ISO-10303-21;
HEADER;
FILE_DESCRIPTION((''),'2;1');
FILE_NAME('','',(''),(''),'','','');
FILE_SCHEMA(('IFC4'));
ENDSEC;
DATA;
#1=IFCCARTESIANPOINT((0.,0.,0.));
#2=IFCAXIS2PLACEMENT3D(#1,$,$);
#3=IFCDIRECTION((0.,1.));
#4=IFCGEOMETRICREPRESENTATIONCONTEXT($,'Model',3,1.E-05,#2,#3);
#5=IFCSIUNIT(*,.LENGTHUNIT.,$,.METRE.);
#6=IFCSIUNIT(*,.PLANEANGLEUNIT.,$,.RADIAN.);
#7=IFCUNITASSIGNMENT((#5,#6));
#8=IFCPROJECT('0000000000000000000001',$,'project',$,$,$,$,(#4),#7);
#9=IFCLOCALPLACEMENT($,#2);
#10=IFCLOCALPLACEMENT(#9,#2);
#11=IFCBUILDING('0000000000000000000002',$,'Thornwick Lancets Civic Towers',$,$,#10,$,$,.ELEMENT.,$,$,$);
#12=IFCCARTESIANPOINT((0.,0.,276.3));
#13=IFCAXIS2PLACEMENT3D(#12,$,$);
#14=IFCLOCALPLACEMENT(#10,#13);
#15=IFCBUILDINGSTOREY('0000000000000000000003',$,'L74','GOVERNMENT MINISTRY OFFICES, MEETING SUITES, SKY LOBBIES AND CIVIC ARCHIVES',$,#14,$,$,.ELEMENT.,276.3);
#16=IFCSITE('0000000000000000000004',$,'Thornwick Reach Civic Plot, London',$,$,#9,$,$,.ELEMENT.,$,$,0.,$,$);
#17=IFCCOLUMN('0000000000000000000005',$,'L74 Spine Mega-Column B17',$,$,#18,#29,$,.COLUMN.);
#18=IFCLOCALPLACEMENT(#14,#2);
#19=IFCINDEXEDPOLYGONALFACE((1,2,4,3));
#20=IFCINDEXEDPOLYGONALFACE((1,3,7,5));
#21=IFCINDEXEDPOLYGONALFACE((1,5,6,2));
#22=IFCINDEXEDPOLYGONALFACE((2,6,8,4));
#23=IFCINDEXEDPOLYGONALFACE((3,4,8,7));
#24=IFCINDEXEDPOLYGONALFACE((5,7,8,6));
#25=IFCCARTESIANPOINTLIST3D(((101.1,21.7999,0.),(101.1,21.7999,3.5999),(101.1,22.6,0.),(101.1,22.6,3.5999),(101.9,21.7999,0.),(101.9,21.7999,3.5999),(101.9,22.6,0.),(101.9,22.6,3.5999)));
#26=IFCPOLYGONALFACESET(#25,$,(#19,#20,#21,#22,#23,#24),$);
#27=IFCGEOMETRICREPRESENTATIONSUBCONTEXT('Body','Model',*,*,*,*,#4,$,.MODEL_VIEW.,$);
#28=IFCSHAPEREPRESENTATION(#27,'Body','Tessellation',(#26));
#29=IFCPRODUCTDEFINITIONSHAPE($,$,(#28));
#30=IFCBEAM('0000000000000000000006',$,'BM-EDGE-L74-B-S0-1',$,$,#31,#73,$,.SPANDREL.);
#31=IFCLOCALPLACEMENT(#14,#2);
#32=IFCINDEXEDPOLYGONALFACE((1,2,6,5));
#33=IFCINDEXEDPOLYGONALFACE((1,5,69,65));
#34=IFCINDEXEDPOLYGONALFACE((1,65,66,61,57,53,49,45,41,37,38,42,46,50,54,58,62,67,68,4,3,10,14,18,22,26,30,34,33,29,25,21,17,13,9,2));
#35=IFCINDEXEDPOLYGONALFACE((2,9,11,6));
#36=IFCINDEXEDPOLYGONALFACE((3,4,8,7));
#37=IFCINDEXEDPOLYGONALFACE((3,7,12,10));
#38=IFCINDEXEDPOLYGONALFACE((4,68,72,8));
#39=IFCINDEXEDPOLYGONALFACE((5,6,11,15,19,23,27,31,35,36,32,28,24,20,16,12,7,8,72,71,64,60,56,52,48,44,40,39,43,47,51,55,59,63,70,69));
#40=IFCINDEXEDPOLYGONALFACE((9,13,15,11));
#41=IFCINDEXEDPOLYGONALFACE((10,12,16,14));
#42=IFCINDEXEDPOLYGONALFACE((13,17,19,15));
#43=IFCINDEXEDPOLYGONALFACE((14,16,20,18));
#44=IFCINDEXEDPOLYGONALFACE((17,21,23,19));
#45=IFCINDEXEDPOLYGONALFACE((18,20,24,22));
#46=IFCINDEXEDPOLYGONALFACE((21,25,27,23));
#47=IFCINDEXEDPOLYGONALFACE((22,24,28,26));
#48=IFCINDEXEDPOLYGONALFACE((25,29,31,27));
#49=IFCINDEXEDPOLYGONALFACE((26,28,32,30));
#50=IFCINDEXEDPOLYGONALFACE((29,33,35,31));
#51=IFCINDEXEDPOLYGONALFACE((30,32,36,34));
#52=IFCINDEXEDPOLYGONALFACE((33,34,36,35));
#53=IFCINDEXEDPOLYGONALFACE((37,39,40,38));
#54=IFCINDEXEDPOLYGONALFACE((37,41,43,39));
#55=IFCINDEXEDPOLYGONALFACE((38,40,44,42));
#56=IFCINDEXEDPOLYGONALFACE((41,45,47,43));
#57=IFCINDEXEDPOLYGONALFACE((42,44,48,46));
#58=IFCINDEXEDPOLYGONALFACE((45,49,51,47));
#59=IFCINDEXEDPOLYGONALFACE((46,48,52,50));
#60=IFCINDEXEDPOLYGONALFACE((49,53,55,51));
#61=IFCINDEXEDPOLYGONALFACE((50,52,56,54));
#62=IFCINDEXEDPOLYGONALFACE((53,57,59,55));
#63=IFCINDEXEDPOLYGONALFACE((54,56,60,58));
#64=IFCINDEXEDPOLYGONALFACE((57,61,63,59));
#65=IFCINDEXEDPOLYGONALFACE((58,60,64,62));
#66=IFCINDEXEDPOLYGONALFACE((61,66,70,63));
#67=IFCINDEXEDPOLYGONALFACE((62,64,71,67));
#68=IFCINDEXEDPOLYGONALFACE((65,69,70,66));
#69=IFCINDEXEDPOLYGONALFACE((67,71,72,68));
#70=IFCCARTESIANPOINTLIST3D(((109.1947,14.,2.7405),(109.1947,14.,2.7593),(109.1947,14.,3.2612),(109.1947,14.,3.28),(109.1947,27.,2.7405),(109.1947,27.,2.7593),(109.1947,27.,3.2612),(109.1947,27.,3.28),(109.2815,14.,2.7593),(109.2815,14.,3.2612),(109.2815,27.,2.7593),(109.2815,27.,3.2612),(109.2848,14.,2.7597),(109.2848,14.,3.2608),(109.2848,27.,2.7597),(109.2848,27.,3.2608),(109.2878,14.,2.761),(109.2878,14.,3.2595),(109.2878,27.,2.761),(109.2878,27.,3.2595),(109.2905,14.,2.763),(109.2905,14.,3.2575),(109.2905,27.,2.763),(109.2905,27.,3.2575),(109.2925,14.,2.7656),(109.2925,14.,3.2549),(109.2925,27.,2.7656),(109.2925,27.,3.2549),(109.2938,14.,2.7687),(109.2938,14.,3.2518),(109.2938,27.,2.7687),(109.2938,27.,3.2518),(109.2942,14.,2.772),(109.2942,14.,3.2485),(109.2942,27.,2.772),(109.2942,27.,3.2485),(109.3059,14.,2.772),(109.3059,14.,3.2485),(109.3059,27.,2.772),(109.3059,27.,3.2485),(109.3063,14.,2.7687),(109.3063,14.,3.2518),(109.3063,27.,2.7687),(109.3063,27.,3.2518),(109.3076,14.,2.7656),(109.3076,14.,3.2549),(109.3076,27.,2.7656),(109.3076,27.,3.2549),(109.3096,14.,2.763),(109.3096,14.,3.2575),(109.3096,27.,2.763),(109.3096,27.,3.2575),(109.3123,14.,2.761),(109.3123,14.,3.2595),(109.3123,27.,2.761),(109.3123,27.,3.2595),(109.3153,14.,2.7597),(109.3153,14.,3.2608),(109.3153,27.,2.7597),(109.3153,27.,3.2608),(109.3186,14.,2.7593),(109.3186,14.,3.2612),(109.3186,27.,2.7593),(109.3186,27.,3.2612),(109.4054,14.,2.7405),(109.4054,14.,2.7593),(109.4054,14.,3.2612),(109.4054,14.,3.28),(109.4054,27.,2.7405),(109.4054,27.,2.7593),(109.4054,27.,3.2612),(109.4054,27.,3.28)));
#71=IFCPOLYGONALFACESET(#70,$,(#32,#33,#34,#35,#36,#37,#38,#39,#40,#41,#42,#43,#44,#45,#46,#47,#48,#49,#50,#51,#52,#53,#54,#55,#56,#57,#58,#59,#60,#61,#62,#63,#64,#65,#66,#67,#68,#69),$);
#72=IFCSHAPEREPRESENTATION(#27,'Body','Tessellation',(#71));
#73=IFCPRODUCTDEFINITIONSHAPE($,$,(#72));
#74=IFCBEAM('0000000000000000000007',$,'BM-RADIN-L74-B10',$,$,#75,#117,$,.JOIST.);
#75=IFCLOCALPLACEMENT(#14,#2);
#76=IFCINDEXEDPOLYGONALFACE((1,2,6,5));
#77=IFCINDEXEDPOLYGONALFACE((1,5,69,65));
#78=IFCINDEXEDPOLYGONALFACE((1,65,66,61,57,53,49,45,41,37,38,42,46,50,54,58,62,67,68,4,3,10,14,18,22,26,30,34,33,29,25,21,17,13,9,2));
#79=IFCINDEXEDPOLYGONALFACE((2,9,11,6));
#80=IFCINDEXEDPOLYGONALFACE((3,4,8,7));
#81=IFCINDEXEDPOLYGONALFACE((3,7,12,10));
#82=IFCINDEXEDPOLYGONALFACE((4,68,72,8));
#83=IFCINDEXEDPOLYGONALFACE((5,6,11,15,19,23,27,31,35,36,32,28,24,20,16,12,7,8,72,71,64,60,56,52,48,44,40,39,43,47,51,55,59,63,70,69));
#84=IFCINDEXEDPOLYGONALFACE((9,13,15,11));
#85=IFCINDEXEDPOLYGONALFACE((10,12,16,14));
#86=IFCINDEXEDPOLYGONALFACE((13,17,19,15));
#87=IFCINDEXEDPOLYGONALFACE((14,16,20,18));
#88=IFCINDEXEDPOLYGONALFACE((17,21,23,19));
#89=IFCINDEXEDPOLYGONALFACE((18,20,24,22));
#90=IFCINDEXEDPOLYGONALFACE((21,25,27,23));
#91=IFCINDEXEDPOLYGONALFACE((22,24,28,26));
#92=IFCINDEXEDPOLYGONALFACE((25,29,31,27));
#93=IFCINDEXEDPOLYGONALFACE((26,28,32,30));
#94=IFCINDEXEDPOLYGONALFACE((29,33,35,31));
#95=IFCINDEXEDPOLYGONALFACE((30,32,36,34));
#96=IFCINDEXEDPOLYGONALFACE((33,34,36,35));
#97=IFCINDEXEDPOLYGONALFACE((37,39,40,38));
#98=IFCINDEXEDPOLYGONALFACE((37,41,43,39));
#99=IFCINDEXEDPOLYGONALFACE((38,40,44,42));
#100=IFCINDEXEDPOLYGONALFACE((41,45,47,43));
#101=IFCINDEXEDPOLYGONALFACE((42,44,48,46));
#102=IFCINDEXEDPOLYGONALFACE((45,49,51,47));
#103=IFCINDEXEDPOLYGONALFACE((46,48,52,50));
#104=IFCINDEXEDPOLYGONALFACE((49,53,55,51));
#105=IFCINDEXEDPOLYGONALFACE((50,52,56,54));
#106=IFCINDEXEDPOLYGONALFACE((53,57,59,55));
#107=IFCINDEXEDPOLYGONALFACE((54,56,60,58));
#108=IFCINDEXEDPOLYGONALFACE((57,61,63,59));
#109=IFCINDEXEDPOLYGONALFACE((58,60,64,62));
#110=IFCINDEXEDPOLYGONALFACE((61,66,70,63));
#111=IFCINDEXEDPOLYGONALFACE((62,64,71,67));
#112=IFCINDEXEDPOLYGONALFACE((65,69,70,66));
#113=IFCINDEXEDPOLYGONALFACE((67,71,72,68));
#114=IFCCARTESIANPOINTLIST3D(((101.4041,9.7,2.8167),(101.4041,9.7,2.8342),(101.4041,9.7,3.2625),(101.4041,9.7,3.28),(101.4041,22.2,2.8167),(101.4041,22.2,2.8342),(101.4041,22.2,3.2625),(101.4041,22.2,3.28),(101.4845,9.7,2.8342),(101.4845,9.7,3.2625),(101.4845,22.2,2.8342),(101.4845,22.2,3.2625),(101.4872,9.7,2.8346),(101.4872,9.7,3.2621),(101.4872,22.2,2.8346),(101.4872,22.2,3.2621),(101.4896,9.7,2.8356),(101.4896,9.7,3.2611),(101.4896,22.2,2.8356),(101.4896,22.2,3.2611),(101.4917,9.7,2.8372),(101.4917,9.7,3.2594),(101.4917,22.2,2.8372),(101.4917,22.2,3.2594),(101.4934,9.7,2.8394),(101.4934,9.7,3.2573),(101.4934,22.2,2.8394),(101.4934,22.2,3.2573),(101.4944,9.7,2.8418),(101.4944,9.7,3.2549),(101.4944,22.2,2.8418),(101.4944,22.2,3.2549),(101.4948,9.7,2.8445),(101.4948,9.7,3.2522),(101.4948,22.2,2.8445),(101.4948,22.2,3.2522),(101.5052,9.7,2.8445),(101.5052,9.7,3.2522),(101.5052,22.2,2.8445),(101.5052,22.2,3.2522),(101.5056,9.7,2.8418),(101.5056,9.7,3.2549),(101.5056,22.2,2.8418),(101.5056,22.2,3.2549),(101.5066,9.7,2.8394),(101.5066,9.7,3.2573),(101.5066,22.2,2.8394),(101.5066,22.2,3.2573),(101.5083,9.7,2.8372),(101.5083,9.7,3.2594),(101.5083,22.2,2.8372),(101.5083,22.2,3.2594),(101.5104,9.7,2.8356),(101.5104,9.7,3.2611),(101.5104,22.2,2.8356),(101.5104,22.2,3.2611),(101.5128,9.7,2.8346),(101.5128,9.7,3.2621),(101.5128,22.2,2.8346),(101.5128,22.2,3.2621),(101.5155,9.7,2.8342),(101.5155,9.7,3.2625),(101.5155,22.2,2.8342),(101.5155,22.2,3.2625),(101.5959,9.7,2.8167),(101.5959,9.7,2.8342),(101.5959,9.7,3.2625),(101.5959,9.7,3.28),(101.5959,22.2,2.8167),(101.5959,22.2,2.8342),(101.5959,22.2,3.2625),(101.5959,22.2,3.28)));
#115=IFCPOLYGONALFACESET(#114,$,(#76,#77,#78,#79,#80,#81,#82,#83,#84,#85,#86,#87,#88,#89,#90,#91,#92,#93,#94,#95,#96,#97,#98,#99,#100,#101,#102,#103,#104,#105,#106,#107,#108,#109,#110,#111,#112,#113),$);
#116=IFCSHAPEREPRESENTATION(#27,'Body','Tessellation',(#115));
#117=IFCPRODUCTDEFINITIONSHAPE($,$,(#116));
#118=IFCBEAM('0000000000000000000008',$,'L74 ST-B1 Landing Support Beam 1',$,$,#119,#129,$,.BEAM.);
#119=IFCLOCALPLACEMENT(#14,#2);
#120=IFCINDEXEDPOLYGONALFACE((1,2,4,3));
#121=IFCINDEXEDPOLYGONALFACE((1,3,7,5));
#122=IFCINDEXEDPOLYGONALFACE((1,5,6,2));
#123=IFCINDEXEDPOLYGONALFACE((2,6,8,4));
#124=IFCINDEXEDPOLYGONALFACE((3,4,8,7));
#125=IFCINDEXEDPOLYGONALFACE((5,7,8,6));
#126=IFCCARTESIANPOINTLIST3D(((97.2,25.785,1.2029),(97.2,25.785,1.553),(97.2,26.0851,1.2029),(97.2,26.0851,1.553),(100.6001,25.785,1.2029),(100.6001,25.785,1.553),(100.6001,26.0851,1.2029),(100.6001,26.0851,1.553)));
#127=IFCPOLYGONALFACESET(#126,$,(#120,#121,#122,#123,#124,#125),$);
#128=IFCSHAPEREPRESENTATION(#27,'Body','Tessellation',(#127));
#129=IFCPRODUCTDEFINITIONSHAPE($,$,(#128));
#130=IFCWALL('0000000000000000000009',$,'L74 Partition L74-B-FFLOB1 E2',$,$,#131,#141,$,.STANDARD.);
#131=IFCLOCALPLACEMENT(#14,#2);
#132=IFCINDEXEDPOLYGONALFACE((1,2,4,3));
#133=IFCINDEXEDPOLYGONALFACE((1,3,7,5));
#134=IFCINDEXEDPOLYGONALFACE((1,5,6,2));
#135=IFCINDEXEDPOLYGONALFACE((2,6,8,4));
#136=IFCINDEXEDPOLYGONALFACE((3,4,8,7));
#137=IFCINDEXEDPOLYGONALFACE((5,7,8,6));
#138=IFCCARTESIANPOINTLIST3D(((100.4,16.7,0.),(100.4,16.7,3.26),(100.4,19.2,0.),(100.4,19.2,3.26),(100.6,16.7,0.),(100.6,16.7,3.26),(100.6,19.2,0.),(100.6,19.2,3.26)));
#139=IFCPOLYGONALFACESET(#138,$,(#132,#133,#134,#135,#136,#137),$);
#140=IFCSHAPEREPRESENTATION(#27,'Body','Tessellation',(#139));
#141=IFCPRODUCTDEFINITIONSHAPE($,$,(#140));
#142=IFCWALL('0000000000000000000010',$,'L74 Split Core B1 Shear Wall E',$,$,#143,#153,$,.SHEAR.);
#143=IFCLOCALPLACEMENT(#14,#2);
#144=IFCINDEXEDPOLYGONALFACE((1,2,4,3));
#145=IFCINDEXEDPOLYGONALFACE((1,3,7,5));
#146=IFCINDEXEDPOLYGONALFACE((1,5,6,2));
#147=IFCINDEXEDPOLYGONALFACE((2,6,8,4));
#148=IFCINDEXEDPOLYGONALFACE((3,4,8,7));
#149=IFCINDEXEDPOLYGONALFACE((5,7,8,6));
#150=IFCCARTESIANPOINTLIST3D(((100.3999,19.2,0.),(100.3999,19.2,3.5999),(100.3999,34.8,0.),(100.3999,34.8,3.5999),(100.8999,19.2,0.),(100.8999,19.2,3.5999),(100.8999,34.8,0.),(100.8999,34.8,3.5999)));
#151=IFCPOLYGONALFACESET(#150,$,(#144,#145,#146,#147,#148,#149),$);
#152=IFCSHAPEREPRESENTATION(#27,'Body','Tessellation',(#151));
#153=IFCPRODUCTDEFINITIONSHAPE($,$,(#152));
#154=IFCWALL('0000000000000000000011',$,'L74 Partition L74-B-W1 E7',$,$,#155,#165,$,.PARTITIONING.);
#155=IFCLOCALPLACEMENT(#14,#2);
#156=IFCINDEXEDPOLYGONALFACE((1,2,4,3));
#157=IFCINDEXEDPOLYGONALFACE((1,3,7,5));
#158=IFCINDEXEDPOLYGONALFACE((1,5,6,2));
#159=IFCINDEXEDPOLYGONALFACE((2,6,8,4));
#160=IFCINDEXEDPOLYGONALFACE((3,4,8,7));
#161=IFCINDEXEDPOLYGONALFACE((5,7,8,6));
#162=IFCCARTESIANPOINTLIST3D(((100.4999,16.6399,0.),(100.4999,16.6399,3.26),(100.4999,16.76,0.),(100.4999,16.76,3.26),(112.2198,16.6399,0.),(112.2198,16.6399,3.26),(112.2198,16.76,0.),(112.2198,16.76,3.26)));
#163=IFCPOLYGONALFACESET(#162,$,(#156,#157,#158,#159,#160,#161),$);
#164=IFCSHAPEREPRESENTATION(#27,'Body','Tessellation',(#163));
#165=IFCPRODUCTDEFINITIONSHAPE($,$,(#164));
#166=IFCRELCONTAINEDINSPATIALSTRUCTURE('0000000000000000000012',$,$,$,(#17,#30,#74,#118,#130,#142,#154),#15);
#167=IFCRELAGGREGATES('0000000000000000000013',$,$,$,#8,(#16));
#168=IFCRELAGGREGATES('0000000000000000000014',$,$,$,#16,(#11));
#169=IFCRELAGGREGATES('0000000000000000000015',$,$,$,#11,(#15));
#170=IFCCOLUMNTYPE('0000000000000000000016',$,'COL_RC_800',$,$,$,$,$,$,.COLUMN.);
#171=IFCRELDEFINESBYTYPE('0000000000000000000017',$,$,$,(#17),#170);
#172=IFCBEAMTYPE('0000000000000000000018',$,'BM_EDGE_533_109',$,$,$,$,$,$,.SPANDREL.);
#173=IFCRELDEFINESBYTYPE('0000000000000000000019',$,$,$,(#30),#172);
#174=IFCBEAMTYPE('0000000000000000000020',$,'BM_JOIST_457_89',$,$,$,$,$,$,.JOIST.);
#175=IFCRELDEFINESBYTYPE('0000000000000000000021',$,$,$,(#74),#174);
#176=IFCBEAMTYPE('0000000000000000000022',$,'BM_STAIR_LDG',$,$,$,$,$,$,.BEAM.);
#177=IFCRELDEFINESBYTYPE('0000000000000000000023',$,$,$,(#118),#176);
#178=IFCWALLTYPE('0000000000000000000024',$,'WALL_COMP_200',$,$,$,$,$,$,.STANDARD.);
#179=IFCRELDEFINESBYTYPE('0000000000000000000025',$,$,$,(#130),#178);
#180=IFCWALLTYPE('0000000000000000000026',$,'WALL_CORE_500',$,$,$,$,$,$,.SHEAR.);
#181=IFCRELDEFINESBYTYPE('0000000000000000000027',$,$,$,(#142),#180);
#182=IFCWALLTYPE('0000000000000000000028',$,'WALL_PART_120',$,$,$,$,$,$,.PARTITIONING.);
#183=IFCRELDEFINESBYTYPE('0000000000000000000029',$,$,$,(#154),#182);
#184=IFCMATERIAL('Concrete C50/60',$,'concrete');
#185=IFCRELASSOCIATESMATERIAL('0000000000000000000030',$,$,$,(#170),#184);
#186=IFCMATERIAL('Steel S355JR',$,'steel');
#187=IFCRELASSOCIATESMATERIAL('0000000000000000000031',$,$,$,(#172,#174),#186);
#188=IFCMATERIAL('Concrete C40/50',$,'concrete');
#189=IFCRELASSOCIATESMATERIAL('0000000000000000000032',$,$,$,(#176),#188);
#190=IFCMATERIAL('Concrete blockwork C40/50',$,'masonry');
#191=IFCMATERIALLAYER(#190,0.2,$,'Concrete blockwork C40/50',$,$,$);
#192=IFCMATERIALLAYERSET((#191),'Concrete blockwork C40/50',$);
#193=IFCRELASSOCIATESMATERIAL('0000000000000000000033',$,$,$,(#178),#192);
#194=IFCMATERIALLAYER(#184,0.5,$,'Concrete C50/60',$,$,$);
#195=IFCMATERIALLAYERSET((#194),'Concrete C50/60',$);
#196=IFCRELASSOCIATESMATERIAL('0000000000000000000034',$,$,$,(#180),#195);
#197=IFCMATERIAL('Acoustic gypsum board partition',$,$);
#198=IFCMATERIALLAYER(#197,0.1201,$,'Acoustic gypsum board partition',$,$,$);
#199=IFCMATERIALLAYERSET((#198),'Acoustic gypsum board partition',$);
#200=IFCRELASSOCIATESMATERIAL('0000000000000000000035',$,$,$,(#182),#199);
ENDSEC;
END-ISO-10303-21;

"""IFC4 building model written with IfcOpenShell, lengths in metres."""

from ifc_helpers import new_model, si_unit, direction, frame, frame_2d, origin, origin_2d, place, context, subcontext, project, spatial, rectangle, i_section, extrude, material, layer, layer_set, material_profile, profile_set, type_object, element, save


model = new_model("IFC4")

# Units and contexts
model_context = context("Model", 3, precision=1e-05, world=origin(), true_north=direction((0.0, 1.0)))
body_context = subcontext(model_context, "Body", "Model", "MODEL_VIEW")
ifc_project = project(units=[si_unit("LENGTHUNIT", "METRE"), si_unit("PLANEANGLEUNIT", "RADIAN")], contexts=[model_context])

# Site, building, storey
site_placement = place(None, origin())
site = spatial("IfcSite", under=ifc_project, at=site_placement, Name="Thornwick Reach Civic Plot, London", CompositionType="ELEMENT", RefElevation=0.0)
building_placement = place(site_placement, origin())
building = spatial("IfcBuilding", under=site, at=building_placement, Name="Thornwick Lancets Civic Towers", CompositionType="ELEMENT")
storey_placement = place(building_placement, frame((0.0, 0.0, 276.3)))
storey = spatial("IfcBuildingStorey", under=building, at=storey_placement, Name="L74", Description="GOVERNMENT MINISTRY OFFICES, MEETING SUITES, SKY LOBBIES AND CIVIC ARCHIVES", CompositionType="ELEMENT", Elevation=276.3)

# Column
ifc_material_1 = material(Name="Concrete C50/60", Category="concrete")
ifc_material_profile_1 = material_profile(ifc_material_1, rectangle(XDim=0.8, YDim=0.8, at=origin_2d()), Name="RC 800x800")
ifc_profile_set_1 = profile_set([ifc_material_profile_1], Name="Concrete C50/60")
column_type = type_object("IfcColumnType", Name="COL_RC_800", PredefinedType="COLUMN", material=ifc_profile_set_1)
column_placement = place(storey_placement, frame((101.5, 22.2, 0.0), z_axis=(0.0, 0.0, 1.0), x_axis=(1.0, 0.0, 0.0)))
element("IfcColumn", 1, at=column_placement, inside=storey, type_object=column_type, Name="L74 Spine Mega-Column B17", PredefinedType="COLUMN", context=body_context, shape_type="SweptSolid", body=[
    extrude(rectangle(XDim=0.8, YDim=0.8, at=origin_2d()), origin(), (0.0, 0.0, 1.0), 3.5999),
])

# Beams
ifc_material_2 = material(Name="Steel S355JR", Category="steel")
ifc_material_profile_2 = material_profile(ifc_material_2, i_section(OverallWidth=0.2107, OverallDepth=0.5396, WebThickness=0.0117, FlangeThickness=0.0188, FilletRadius=0.0127, at=origin_2d()), Name="UKB 533x210x109")
ifc_profile_set_2 = profile_set([ifc_material_profile_2], Name="Steel S355JR")
beam_type_1 = type_object("IfcBeamType", Name="BM_EDGE_533_109", PredefinedType="SPANDREL", material=ifc_profile_set_2)
beam_1_placement = place(storey_placement, frame((109.3, 14.0, 3.0103), z_axis=(0.0, 1.0, 0.0), x_axis=(-1.0, 0.0, 0.0)))
element("IfcBeam", 2, at=beam_1_placement, inside=storey, type_object=beam_type_1, Name="BM-EDGE-L74-B-S0-1", PredefinedType="SPANDREL", context=body_context, shape_type="SweptSolid", body=[
    extrude(i_section(OverallWidth=0.2107, OverallDepth=0.5396, WebThickness=0.0117, FlangeThickness=0.0188, FilletRadius=0.0127, at=origin_2d()), origin(), (0.0, 0.0, 1.0), 13.0),
])
ifc_material_profile_3 = material_profile(ifc_material_2, i_section(OverallWidth=0.1919, OverallDepth=0.4634, WebThickness=0.0105, FlangeThickness=0.0176, FilletRadius=0.0103, at=origin_2d()), Name="UKB 457x191x89")
ifc_profile_set_3 = profile_set([ifc_material_profile_3], Name="Steel S355JR")
beam_type_2 = type_object("IfcBeamType", Name="BM_JOIST_457_89", PredefinedType="JOIST", material=ifc_profile_set_3)
beam_2_placement = place(storey_placement, frame((101.5, 22.2, 3.0483), z_axis=(0.0, -1.0, 0.0), x_axis=(1.0, 0.0, 0.0)))
element("IfcBeam", 3, at=beam_2_placement, inside=storey, type_object=beam_type_2, Name="BM-RADIN-L74-B10", PredefinedType="JOIST", context=body_context, shape_type="SweptSolid", body=[
    extrude(i_section(OverallWidth=0.1919, OverallDepth=0.4634, WebThickness=0.0105, FlangeThickness=0.0176, FilletRadius=0.0103, at=origin_2d()), origin(), (0.0, 0.0, 1.0), 12.5),
])
ifc_material_3 = material(Name="Concrete C40/50", Category="concrete")
ifc_material_profile_4 = material_profile(ifc_material_3, rectangle(XDim=0.3, YDim=0.3501, at=origin_2d()), Name="RC 300x350")
ifc_profile_set_4 = profile_set([ifc_material_profile_4], Name="Concrete C40/50")
beam_type_3 = type_object("IfcBeamType", Name="BM_STAIR_LDG", PredefinedType="BEAM", material=ifc_profile_set_4)
beam_3_placement = place(storey_placement, frame((100.6001, 25.9351, 1.3779), z_axis=(-1.0, 0.0, 0.0), x_axis=(0.0, -1.0, 0.0)))
element("IfcBeam", 4, at=beam_3_placement, inside=storey, type_object=beam_type_3, Name="L74 ST-B1 Landing Support Beam 1", PredefinedType="BEAM", context=body_context, shape_type="SweptSolid", body=[
    extrude(rectangle(XDim=0.3, YDim=0.3501, at=origin_2d()), origin(), (0.0, 0.0, 1.0), 3.4001),
])

# Walls
ifc_material_4 = material(Name="Concrete blockwork C40/50", Category="masonry")
ifc_layer_1 = layer(ifc_material_4, 0.2, Name="Concrete blockwork C40/50")
ifc_layer_set_1 = layer_set([ifc_layer_1], Name="Concrete blockwork C40/50")
wall_type_1 = type_object("IfcWallType", Name="WALL_COMP_200", PredefinedType="STANDARD", material=ifc_layer_set_1)
wall_1_placement = place(storey_placement, frame((100.5, 16.7, 0.0), z_axis=(0.0, 0.0, 1.0), x_axis=(0.0, 1.0, 0.0)))
element("IfcWall", 5, at=wall_1_placement, inside=storey, type_object=wall_type_1, Name="L74 Partition L74-B-FFLOB1 E2", PredefinedType="STANDARD", context=body_context, shape_type="SweptSolid", body=[
    extrude(rectangle(XDim=2.5, YDim=0.2, at=frame_2d((1.25, 0.0))), origin(), (0.0, 0.0, 1.0), 3.26),
])
ifc_layer_2 = layer(ifc_material_1, 0.5, Name="Concrete C50/60")
ifc_layer_set_2 = layer_set([ifc_layer_2], Name="Concrete C50/60")
wall_type_2 = type_object("IfcWallType", Name="WALL_CORE_500", PredefinedType="SHEAR", material=ifc_layer_set_2)
wall_2_placement = place(storey_placement, frame((100.6499, 19.2, 0.0), z_axis=(0.0, 0.0, 1.0), x_axis=(0.0, 1.0, 0.0)))
element("IfcWall", 6, at=wall_2_placement, inside=storey, type_object=wall_type_2, Name="L74 Split Core B1 Shear Wall E", PredefinedType="SHEAR", context=body_context, shape_type="SweptSolid", body=[
    extrude(rectangle(XDim=15.6001, YDim=0.5, at=frame_2d((7.8, 0.0))), origin(), (0.0, 0.0, 1.0), 3.5999),
])
ifc_material_5 = material(Name="Acoustic gypsum board partition")
ifc_layer_3 = layer(ifc_material_5, 0.1201, Name="Acoustic gypsum board partition")
ifc_layer_set_3 = layer_set([ifc_layer_3], Name="Acoustic gypsum board partition")
wall_type_3 = type_object("IfcWallType", Name="WALL_PART_120", PredefinedType="PARTITIONING", material=ifc_layer_set_3)
wall_3_placement = place(storey_placement, frame((100.5, 16.7, 0.0), z_axis=(0.0, 0.0, 1.0), x_axis=(1.0, 0.0, 0.0)))
element("IfcWall", 7, at=wall_3_placement, inside=storey, type_object=wall_type_3, Name="L74 Partition L74-B-W1 E7", PredefinedType="PARTITIONING", context=body_context, shape_type="SweptSolid", body=[
    extrude(rectangle(XDim=11.72, YDim=0.1201, at=frame_2d((5.8599, 0.0))), origin(), (0.0, 0.0, 1.0), 3.26),
])

save(model, "model.ifc")
